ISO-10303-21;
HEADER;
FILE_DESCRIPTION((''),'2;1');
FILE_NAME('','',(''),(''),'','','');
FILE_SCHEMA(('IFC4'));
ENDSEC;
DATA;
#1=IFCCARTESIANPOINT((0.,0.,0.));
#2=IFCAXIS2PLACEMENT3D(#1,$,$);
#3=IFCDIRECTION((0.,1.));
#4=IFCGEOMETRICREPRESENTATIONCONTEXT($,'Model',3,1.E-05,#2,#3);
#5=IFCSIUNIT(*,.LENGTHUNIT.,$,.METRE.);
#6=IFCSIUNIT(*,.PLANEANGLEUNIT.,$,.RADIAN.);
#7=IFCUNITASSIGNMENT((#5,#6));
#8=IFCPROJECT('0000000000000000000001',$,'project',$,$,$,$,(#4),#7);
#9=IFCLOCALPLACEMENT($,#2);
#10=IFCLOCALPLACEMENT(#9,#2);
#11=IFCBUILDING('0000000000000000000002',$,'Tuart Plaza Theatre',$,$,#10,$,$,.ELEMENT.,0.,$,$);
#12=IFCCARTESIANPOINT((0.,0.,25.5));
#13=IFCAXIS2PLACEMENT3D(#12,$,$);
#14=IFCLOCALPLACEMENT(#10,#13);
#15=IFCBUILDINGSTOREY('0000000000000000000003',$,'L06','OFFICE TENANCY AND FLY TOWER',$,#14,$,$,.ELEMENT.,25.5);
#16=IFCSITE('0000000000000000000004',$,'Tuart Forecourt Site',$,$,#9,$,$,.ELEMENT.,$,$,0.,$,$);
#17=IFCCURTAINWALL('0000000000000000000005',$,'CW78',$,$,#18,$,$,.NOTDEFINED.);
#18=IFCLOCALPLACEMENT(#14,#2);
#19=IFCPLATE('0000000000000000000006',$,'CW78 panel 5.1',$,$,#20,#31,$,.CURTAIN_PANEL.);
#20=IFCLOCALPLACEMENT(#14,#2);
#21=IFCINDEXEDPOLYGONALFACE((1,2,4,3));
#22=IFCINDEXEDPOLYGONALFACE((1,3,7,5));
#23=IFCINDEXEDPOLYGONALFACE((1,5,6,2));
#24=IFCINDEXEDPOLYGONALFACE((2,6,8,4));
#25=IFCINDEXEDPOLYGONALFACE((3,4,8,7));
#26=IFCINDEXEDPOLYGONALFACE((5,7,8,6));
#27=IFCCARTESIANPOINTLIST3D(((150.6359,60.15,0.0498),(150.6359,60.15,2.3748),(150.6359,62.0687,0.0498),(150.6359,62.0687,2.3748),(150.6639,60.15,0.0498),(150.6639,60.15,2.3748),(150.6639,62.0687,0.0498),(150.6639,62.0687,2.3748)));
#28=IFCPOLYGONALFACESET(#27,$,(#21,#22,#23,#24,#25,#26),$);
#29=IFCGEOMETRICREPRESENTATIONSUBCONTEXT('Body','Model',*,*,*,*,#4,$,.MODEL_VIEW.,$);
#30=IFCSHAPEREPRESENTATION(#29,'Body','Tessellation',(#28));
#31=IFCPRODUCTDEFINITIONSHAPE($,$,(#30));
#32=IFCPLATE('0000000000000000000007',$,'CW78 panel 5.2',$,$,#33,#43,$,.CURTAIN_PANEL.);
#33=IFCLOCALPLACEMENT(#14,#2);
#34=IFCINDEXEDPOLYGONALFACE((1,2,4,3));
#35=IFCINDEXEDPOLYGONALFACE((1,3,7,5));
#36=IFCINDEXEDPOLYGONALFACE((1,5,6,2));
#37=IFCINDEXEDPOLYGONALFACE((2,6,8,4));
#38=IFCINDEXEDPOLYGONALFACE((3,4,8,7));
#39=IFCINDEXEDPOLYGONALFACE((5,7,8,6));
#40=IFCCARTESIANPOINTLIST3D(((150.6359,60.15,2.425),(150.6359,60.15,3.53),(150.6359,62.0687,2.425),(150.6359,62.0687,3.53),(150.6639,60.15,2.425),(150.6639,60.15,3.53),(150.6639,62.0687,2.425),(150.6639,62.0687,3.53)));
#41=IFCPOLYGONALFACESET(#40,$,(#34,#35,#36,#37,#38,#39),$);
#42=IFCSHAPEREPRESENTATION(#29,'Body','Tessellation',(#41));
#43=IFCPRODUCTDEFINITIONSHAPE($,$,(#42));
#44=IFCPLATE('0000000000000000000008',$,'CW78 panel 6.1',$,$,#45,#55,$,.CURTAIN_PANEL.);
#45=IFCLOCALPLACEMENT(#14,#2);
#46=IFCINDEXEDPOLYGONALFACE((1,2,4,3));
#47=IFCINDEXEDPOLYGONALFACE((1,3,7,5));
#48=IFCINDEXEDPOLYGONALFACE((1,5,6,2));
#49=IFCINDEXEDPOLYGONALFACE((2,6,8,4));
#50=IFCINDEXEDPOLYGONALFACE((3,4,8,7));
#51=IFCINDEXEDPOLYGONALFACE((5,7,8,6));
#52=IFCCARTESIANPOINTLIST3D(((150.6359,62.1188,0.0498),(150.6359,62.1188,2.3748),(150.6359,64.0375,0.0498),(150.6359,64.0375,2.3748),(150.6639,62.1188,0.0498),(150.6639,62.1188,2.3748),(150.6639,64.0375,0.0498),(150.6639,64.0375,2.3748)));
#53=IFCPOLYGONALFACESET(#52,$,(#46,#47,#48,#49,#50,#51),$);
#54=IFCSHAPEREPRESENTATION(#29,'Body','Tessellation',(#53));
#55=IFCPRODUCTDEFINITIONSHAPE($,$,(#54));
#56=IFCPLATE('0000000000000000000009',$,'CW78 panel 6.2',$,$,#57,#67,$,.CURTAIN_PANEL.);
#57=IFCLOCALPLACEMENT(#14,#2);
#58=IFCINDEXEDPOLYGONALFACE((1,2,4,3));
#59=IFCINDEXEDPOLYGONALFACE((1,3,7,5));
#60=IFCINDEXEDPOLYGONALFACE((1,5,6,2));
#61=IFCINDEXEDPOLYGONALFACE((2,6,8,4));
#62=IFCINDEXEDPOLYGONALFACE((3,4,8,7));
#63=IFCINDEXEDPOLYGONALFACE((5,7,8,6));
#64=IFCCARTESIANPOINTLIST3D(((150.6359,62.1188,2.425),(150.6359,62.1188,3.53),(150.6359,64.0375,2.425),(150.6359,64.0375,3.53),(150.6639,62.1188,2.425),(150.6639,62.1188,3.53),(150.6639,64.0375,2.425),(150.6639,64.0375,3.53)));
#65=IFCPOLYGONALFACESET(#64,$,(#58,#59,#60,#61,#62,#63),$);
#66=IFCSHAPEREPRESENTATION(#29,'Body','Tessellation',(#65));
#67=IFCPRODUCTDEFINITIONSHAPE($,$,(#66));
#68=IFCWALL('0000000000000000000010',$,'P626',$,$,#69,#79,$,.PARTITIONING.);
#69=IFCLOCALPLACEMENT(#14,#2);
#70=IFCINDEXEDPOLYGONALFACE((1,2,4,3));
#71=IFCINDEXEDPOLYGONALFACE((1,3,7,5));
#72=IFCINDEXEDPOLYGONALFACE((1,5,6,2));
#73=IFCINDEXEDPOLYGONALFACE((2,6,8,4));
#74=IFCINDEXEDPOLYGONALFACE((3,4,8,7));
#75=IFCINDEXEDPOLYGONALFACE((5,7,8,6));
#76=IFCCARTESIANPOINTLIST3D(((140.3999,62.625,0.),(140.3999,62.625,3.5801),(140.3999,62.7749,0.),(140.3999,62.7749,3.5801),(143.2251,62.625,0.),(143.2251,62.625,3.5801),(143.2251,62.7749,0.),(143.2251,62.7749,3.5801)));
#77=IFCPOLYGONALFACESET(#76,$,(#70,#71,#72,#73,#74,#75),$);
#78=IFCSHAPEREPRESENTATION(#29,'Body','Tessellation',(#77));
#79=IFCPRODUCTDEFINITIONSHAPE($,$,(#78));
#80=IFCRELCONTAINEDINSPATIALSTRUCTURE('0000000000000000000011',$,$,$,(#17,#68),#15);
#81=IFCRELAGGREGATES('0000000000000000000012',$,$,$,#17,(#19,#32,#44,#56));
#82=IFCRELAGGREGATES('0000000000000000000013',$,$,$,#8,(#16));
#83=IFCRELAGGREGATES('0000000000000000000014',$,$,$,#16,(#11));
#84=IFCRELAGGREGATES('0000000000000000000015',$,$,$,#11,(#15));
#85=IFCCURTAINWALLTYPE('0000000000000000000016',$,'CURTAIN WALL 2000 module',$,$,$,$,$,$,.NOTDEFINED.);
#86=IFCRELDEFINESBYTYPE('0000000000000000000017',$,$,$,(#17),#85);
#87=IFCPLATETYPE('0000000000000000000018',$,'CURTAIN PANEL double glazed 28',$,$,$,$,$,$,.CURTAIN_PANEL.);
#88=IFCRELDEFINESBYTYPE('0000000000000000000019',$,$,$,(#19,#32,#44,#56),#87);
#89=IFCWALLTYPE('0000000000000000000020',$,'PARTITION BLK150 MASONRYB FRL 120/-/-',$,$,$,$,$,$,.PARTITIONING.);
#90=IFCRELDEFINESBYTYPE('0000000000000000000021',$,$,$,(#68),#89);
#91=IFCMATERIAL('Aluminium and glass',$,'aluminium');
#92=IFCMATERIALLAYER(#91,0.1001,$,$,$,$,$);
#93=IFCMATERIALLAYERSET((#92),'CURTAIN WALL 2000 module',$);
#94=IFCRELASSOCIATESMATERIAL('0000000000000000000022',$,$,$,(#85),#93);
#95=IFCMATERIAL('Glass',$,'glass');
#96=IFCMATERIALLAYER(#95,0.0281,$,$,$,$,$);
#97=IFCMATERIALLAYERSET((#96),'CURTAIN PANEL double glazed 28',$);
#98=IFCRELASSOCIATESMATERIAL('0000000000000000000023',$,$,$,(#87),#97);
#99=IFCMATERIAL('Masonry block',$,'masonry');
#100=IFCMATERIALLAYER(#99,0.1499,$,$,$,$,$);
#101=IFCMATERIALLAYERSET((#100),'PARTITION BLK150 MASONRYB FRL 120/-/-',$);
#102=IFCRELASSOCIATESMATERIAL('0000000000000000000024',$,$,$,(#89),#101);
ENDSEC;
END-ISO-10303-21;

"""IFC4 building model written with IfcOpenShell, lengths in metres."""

from ifc_helpers import new_model, si_unit, direction, frame, frame_2d, origin, origin_2d, place, context, subcontext, project, spatial, rectangle, extrude, material, layer, layer_set, type_object, element, aggregate, save


model = new_model("IFC4")

# Units and contexts
model_context = context("Model", 3, precision=1e-05, world=origin(), true_north=direction((0.0, 1.0)))
body_context = subcontext(model_context, "Body", "Model", "MODEL_VIEW")
ifc_project = project(units=[si_unit("LENGTHUNIT", "METRE"), si_unit("PLANEANGLEUNIT", "RADIAN")], contexts=[model_context])

# Site, building, storey
site_placement = place(None, origin())
site = spatial("IfcSite", under=ifc_project, at=site_placement, Name="Tuart Forecourt Site", CompositionType="ELEMENT", RefElevation=0.0)
building_placement = place(site_placement, origin())
building = spatial("IfcBuilding", under=site, at=building_placement, Name="Tuart Plaza Theatre", CompositionType="ELEMENT", ElevationOfRefHeight=0.0)
storey_placement = place(building_placement, frame((0.0, 0.0, 25.5)))
storey = spatial("IfcBuildingStorey", under=building, at=storey_placement, Name="L06", Description="OFFICE TENANCY AND FLY TOWER", CompositionType="ELEMENT", Elevation=25.5)

# Curtain wall, plates
ifc_material_1 = material(Name="Aluminium and glass", Category="aluminium")
ifc_layer_1 = layer(ifc_material_1, 0.1001)
ifc_layer_set_1 = layer_set([ifc_layer_1], Name="CURTAIN WALL 2000 module")
curtain_wall_type = type_object("IfcCurtainWallType", Name="CURTAIN WALL 2000 module", PredefinedType="NOTDEFINED", material=ifc_layer_set_1)
curtain_wall_placement = place(storey_placement, origin())
curtain_wall = element("IfcCurtainWall", 1, at=curtain_wall_placement, inside=storey, type_object=curtain_wall_type, Name="CW78", PredefinedType="NOTDEFINED")
ifc_material_2 = material(Name="Glass", Category="glass")
ifc_layer_2 = layer(ifc_material_2, 0.0281)
ifc_layer_set_2 = layer_set([ifc_layer_2], Name="CURTAIN PANEL double glazed 28")
plate_type = type_object("IfcPlateType", Name="CURTAIN PANEL double glazed 28", PredefinedType="CURTAIN_PANEL", material=ifc_layer_set_2)
plate_1_placement = place(storey_placement, frame((150.6499, 61.1094, 0.0498), z_axis=(0.0, 0.0, 1.0), x_axis=(0.0, 1.0, 0.0)))
plate_1 = element("IfcPlate", 2, at=plate_1_placement, type_object=plate_type, Name="CW78 panel 5.1", PredefinedType="CURTAIN_PANEL", context=body_context, shape_type="SweptSolid", body=[
    extrude(rectangle(XDim=1.9187, YDim=0.0281, at=origin_2d()), origin(), (0.0, 0.0, 1.0), 2.325),
])
plate_2_placement = place(storey_placement, frame((150.6499, 61.1094, 2.425), z_axis=(0.0, 0.0, 1.0), x_axis=(0.0, 1.0, 0.0)))
plate_2 = element("IfcPlate", 3, at=plate_2_placement, type_object=plate_type, Name="CW78 panel 5.2", PredefinedType="CURTAIN_PANEL", context=body_context, shape_type="SweptSolid", body=[
    extrude(rectangle(XDim=1.9187, YDim=0.0281, at=origin_2d()), origin(), (0.0, 0.0, 1.0), 1.105),
])
plate_3_placement = place(storey_placement, frame((150.6499, 63.0781, 0.0498), z_axis=(0.0, 0.0, 1.0), x_axis=(0.0, 1.0, 0.0)))
plate_3 = element("IfcPlate", 4, at=plate_3_placement, type_object=plate_type, Name="CW78 panel 6.1", PredefinedType="CURTAIN_PANEL", context=body_context, shape_type="SweptSolid", body=[
    extrude(rectangle(XDim=1.9187, YDim=0.0281, at=origin_2d()), origin(), (0.0, 0.0, 1.0), 2.325),
])
plate_4_placement = place(storey_placement, frame((150.6499, 63.0781, 2.425), z_axis=(0.0, 0.0, 1.0), x_axis=(0.0, 1.0, 0.0)))
plate_4 = element("IfcPlate", 5, at=plate_4_placement, type_object=plate_type, Name="CW78 panel 6.2", PredefinedType="CURTAIN_PANEL", context=body_context, shape_type="SweptSolid", body=[
    extrude(rectangle(XDim=1.9187, YDim=0.0281, at=origin_2d()), origin(), (0.0, 0.0, 1.0), 1.105),
])
aggregate(curtain_wall, [plate_1, plate_2, plate_3, plate_4])

# Wall
ifc_material_3 = material(Name="Masonry block", Category="masonry")
ifc_layer_3 = layer(ifc_material_3, 0.1499)
ifc_layer_set_3 = layer_set([ifc_layer_3], Name="PARTITION BLK150 MASONRYB FRL 120/-/-")
wall_type = type_object("IfcWallType", Name="PARTITION BLK150 MASONRYB FRL 120/-/-", PredefinedType="PARTITIONING", material=ifc_layer_set_3)
wall_placement = place(storey_placement, frame((143.2251, 62.7, 0.0), z_axis=(0.0, 0.0, 1.0), x_axis=(-1.0, 0.0, 0.0)))
element("IfcWall", 6, at=wall_placement, inside=storey, type_object=wall_type, Name="P626", PredefinedType="PARTITIONING", context=body_context, shape_type="SweptSolid", body=[
    extrude(rectangle(XDim=2.8252, YDim=0.1499, at=frame_2d((1.4126, 0.0))), origin(), (0.0, 0.0, 1.0), 3.5801),
])

save(model, "model.ifc")
